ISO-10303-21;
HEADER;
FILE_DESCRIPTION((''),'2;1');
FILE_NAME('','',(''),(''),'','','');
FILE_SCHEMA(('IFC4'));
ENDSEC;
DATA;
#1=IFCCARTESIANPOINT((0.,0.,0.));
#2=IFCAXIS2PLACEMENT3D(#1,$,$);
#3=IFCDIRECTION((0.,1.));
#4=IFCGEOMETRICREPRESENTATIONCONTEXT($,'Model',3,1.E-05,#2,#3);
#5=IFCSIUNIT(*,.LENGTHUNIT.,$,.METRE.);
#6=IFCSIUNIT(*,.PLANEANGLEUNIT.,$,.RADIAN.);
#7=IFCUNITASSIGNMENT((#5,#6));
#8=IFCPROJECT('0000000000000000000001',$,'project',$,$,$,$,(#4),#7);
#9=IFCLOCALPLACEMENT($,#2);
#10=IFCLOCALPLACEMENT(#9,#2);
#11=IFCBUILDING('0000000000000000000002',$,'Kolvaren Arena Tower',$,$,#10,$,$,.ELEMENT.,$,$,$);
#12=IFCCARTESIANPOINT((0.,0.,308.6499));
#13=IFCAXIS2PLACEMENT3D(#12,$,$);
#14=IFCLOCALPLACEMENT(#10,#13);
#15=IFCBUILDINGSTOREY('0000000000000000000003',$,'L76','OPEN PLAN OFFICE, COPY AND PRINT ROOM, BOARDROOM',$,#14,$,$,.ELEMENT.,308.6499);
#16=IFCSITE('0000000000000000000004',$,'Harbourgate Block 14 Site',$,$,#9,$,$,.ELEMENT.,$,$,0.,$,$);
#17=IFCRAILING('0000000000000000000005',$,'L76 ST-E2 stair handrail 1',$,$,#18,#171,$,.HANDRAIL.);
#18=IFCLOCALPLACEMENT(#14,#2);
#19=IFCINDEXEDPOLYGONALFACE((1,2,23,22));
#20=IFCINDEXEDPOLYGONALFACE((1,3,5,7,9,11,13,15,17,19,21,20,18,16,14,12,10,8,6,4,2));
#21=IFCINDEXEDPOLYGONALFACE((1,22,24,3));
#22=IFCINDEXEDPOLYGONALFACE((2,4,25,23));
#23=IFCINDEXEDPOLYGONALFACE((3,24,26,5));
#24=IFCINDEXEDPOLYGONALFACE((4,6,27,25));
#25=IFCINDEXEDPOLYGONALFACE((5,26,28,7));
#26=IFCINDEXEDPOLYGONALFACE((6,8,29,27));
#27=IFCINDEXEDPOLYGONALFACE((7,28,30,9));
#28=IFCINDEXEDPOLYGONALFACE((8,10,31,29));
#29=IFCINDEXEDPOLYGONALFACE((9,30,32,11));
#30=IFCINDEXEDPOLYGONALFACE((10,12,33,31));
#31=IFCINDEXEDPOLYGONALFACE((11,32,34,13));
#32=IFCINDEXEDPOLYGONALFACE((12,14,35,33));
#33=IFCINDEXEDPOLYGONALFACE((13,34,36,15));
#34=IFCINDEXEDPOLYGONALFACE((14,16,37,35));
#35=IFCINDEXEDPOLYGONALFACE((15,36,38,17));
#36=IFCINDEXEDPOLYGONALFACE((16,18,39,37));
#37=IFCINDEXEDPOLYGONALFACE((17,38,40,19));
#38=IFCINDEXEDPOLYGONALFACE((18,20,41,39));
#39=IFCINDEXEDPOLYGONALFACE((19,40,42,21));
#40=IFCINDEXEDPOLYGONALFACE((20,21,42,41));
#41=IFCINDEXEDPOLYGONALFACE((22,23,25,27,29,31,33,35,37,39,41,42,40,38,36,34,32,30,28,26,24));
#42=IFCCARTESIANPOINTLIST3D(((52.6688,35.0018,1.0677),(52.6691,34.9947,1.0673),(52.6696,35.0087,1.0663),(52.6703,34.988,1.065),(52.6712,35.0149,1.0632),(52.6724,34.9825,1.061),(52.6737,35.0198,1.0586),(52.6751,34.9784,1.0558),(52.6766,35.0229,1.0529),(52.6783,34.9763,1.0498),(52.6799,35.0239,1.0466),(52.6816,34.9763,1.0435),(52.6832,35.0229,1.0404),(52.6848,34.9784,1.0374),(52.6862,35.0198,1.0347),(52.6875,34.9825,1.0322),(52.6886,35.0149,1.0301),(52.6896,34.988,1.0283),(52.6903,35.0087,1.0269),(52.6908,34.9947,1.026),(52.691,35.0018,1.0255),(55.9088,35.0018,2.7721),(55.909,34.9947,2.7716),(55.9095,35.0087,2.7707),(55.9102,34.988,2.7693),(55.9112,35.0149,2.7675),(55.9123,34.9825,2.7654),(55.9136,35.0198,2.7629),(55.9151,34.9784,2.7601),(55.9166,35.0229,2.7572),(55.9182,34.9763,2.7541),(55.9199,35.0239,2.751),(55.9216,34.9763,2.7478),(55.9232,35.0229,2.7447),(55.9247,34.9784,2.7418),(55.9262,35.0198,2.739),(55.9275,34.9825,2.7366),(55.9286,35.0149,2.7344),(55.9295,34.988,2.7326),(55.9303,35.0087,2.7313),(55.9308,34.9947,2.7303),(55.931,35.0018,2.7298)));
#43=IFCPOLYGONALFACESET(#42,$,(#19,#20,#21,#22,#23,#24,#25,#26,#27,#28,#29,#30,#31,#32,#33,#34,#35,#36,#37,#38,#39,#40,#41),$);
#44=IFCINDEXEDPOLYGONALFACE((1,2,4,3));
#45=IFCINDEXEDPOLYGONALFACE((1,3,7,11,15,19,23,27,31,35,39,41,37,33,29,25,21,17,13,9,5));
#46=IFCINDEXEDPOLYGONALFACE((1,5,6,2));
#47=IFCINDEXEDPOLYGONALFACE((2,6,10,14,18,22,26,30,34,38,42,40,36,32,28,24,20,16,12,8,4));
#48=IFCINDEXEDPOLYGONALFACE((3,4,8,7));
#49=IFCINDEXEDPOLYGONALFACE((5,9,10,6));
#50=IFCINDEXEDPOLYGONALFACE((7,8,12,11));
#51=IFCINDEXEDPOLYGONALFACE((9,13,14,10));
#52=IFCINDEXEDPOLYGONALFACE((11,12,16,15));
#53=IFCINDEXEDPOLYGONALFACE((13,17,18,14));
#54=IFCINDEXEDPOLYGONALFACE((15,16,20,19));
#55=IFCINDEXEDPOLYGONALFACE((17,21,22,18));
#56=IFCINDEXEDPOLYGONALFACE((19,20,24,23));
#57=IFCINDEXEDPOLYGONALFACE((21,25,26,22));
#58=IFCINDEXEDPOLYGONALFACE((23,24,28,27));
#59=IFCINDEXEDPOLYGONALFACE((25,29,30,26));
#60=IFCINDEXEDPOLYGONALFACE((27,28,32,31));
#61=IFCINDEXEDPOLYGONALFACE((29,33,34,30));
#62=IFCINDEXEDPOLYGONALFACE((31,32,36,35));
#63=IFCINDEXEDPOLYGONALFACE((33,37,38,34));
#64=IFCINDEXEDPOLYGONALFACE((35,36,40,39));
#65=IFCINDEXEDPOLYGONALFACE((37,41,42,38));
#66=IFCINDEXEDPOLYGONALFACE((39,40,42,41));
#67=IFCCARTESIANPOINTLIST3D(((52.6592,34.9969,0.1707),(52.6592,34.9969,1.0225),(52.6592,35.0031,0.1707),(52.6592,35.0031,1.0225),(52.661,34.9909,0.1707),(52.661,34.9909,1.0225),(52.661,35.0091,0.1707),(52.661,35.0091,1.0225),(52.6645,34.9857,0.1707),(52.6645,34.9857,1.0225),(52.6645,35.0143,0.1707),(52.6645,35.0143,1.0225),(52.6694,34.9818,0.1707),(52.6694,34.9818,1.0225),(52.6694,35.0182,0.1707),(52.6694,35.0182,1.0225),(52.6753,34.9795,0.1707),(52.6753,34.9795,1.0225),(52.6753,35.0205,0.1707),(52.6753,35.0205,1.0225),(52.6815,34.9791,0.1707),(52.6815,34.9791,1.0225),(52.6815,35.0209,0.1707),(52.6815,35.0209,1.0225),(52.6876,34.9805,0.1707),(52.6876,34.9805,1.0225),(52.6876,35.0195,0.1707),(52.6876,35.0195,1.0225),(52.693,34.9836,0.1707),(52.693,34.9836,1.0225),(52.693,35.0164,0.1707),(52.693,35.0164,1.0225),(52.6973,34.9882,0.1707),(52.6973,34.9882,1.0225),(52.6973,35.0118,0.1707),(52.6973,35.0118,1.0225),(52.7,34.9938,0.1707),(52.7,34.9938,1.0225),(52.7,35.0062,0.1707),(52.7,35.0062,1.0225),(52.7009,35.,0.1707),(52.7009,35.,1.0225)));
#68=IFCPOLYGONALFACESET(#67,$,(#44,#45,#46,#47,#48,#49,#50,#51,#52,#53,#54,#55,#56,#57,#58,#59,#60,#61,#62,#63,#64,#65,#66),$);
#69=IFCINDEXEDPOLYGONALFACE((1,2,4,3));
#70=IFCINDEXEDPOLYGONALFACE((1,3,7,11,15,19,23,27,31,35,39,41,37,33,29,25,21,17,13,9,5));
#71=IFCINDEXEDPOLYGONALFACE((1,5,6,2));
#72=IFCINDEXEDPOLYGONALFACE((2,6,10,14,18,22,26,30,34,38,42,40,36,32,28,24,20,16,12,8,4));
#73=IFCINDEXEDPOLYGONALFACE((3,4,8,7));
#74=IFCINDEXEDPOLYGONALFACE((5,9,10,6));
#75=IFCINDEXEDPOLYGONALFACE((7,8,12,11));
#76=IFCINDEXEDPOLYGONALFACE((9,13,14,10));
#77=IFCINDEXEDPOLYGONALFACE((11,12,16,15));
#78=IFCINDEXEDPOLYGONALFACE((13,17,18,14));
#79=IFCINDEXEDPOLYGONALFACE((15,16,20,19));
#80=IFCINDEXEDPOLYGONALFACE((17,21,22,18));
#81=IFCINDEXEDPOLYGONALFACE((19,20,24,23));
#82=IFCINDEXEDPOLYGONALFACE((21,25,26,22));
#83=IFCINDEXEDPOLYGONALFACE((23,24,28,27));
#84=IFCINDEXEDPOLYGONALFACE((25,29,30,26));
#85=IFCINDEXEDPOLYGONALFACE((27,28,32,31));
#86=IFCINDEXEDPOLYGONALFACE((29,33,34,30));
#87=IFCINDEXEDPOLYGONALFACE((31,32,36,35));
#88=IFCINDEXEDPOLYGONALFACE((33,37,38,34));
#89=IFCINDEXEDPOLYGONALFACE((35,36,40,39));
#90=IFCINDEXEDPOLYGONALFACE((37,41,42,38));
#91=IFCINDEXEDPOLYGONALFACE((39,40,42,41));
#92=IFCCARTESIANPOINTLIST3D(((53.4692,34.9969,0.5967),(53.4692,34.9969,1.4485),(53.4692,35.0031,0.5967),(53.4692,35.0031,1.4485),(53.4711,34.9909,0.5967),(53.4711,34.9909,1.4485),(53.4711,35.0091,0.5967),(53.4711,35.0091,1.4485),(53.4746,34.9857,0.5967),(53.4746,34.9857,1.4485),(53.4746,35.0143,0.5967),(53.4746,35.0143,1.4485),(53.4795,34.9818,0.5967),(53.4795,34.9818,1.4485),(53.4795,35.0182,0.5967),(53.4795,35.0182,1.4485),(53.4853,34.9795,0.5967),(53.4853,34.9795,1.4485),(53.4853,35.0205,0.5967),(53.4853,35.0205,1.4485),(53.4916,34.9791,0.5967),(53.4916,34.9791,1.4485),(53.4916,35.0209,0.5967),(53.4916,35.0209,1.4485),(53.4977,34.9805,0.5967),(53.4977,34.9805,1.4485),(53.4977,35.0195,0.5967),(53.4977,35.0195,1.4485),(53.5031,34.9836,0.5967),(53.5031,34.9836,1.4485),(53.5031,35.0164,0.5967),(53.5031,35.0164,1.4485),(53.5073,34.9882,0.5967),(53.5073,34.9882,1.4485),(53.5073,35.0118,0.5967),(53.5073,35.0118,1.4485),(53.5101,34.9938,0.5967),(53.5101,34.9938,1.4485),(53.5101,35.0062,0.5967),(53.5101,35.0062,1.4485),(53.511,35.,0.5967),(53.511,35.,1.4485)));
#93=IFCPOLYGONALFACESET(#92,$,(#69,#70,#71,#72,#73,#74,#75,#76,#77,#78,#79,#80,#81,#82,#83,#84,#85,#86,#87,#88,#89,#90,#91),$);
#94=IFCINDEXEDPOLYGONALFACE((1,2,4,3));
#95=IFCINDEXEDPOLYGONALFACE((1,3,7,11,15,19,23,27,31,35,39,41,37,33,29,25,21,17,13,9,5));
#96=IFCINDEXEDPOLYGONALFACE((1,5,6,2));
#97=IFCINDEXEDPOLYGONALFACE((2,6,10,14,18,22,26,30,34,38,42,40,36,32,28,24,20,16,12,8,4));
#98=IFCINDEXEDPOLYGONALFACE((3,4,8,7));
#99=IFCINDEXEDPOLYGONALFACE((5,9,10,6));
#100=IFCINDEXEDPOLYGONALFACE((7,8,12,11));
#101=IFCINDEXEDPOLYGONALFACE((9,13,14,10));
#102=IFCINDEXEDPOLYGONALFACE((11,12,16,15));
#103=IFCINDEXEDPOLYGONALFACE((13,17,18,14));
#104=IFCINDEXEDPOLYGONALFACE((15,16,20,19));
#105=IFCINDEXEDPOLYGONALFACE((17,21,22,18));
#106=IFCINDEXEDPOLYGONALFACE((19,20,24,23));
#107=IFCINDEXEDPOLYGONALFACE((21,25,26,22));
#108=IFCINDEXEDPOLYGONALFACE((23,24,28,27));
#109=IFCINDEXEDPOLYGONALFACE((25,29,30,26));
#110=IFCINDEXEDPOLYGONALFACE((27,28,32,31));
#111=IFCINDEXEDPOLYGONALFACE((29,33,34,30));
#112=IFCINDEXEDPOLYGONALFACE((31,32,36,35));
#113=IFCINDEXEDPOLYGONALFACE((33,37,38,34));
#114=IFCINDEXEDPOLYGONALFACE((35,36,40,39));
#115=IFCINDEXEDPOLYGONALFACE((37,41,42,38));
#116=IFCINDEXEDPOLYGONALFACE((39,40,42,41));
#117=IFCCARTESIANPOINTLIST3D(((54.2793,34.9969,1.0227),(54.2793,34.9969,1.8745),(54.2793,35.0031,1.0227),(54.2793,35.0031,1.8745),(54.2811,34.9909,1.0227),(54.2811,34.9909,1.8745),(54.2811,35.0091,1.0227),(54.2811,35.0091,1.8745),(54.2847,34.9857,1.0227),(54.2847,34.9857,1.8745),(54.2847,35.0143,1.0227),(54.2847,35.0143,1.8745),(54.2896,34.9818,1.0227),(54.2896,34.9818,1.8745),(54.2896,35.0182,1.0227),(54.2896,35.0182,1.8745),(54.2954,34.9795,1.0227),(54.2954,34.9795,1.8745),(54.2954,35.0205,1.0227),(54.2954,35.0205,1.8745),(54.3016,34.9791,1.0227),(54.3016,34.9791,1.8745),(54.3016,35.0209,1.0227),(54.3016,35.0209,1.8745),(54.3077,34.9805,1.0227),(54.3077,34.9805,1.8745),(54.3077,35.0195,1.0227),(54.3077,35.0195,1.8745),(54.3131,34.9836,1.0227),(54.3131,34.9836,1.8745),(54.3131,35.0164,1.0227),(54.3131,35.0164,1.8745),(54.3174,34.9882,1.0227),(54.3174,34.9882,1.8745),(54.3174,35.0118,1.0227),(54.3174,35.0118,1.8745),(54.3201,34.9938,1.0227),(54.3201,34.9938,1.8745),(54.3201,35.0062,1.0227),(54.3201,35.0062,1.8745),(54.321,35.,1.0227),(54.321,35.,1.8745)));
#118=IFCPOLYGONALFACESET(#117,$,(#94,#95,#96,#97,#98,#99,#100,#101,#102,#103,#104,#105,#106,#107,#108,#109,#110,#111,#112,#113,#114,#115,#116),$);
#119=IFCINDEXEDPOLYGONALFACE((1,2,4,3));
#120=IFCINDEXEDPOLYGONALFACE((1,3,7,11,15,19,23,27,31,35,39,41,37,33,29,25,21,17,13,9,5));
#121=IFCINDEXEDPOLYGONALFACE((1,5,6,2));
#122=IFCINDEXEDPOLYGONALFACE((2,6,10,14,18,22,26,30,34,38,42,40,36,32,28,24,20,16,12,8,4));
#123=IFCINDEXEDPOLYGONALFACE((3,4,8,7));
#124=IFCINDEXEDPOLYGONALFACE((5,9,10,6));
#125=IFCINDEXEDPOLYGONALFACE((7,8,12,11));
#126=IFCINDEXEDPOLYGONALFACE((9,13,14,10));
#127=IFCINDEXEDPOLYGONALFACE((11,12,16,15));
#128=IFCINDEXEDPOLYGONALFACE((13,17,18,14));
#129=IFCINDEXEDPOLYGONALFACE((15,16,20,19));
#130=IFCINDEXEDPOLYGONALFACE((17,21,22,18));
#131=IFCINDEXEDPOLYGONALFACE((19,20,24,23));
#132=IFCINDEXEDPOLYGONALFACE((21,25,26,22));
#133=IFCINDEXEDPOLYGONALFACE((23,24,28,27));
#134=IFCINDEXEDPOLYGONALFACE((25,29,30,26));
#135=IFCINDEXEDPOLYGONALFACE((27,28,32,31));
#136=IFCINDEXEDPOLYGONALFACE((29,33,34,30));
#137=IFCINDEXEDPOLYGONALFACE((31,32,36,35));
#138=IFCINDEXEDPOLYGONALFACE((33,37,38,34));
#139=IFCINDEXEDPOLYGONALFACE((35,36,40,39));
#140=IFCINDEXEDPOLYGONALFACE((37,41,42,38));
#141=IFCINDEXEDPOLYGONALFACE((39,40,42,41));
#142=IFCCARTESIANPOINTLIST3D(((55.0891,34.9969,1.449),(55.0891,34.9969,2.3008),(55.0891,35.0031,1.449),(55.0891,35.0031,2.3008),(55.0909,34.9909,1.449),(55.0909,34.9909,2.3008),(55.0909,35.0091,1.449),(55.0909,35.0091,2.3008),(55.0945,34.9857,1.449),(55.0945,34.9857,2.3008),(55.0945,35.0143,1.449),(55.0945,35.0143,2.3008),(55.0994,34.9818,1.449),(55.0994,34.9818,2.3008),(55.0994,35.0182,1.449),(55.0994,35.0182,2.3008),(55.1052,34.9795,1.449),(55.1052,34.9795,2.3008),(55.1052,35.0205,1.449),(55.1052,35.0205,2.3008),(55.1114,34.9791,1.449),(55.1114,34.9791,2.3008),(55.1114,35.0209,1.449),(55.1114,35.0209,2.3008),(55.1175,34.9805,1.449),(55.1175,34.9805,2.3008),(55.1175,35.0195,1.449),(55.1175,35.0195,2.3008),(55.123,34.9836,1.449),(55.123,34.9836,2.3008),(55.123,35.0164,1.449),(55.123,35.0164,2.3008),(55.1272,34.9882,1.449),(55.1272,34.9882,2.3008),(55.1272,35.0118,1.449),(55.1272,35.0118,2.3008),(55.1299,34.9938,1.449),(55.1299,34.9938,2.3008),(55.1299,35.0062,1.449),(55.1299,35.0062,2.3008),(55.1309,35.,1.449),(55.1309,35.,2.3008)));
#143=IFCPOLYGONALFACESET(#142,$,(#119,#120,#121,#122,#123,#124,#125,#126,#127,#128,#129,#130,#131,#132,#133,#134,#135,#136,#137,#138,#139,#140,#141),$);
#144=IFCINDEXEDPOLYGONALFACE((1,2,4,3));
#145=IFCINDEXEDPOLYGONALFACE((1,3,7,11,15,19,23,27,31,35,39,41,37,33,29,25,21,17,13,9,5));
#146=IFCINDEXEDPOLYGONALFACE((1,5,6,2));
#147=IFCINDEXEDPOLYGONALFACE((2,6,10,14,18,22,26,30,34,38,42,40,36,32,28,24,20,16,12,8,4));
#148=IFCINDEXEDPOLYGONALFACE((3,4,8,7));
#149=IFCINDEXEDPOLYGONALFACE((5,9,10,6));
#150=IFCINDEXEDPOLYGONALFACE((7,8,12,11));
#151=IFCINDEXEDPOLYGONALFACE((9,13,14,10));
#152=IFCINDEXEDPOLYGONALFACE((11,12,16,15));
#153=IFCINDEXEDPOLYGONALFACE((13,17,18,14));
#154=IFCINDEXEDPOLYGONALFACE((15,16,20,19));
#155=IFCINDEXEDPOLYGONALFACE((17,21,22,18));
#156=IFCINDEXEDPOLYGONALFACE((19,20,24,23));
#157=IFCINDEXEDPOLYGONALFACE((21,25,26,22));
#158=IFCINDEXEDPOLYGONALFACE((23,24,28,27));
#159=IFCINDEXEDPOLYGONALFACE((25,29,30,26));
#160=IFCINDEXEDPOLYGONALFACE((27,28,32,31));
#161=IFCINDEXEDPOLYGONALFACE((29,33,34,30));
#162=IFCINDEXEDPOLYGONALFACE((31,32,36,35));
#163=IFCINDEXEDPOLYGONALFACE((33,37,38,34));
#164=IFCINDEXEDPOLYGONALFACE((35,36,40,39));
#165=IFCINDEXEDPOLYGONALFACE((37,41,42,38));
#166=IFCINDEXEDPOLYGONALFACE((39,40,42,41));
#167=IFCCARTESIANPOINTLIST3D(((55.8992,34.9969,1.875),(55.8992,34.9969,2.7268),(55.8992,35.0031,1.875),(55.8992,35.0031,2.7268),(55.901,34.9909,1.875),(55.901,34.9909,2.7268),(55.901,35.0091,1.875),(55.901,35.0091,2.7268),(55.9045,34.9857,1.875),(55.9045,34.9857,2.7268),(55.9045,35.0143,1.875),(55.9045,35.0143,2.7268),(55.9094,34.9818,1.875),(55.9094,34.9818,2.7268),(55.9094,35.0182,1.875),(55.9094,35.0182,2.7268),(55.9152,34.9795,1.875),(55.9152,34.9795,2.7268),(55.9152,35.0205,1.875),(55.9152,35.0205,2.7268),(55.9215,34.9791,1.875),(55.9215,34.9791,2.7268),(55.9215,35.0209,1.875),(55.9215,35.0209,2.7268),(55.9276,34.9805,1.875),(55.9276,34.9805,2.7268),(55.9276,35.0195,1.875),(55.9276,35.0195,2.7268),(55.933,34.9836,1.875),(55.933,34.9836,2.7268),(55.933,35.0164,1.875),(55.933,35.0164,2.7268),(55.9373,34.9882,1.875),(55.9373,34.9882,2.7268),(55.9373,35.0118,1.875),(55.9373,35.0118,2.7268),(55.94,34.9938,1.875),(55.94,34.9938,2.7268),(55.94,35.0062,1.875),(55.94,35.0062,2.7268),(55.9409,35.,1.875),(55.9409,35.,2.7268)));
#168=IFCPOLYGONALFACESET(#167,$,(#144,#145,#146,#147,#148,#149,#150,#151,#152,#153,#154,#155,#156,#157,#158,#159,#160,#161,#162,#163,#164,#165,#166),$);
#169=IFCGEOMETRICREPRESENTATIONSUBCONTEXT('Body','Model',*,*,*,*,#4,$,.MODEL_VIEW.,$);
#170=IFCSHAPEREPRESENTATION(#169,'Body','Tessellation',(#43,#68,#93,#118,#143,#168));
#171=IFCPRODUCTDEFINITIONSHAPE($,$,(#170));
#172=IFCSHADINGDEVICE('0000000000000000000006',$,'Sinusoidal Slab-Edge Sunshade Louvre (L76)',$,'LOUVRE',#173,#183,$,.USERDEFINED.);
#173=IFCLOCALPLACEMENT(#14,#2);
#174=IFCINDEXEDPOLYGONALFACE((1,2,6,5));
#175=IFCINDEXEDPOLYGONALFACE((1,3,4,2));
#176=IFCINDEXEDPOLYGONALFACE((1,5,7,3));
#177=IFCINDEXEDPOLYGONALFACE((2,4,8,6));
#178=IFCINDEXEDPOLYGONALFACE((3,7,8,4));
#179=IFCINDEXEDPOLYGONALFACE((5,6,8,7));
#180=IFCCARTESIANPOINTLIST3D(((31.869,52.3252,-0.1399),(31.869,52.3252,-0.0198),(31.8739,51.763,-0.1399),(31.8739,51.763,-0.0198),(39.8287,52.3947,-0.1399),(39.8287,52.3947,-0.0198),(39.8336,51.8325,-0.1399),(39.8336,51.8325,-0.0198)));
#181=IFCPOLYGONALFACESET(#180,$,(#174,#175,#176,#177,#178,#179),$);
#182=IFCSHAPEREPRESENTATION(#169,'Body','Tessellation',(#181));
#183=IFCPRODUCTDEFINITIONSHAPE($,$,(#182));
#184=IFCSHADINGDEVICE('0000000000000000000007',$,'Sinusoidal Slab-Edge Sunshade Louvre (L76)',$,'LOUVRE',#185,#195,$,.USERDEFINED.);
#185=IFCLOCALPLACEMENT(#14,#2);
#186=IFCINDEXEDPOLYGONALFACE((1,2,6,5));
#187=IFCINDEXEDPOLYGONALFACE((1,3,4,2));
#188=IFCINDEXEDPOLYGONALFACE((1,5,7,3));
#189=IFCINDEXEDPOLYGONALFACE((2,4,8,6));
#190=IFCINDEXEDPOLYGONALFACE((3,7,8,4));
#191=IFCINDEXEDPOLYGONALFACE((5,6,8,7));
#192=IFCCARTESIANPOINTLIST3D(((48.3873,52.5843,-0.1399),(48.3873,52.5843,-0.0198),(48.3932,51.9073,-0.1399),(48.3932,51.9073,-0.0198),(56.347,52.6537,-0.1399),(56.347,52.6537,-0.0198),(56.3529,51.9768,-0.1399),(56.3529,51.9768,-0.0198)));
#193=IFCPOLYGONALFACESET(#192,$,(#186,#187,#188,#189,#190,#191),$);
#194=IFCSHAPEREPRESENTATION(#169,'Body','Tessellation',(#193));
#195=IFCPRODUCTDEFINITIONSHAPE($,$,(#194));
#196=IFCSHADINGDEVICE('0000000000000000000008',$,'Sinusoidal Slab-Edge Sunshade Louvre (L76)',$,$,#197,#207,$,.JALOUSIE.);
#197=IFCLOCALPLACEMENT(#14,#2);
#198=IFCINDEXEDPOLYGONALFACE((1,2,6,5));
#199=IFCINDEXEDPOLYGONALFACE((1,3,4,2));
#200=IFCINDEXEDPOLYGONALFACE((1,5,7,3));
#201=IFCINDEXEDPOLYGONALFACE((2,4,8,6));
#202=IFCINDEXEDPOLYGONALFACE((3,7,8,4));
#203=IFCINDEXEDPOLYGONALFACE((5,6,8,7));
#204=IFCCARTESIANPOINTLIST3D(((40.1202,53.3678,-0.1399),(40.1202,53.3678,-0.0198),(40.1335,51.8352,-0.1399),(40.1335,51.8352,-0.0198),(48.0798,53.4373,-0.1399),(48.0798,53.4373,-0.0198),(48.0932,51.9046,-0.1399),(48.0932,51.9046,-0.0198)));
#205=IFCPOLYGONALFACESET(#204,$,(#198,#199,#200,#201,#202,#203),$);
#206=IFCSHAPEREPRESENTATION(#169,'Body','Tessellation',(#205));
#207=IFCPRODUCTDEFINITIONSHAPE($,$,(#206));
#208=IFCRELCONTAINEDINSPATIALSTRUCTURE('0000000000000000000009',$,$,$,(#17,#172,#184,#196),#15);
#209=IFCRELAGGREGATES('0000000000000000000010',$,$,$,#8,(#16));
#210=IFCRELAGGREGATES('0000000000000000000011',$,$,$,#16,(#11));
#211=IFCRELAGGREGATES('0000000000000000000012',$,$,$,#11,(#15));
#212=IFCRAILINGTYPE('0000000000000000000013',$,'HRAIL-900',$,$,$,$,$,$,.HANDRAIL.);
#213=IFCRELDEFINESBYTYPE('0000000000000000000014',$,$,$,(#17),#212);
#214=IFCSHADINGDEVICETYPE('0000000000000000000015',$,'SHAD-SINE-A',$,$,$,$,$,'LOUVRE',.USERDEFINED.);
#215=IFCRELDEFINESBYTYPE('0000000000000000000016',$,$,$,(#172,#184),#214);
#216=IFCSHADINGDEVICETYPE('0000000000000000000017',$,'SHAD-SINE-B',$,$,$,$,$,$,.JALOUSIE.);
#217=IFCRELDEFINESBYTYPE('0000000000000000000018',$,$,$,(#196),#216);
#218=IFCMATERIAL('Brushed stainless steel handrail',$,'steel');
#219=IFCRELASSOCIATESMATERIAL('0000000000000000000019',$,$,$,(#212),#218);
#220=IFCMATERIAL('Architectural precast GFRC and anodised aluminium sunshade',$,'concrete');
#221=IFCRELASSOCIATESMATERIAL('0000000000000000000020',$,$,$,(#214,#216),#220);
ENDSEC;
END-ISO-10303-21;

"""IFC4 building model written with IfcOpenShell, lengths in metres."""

from ifc_helpers import new_model, si_unit, direction, frame, origin, origin_2d, place, context, subcontext, project, spatial, rectangle, circle, extrude, material, type_object, element, save


model = new_model("IFC4")

# Units and contexts
model_context = context("Model", 3, precision=1e-05, world=origin(), true_north=direction((0.0, 1.0)))
body_context = subcontext(model_context, "Body", "Model", "MODEL_VIEW")
ifc_project = project(units=[si_unit("LENGTHUNIT", "METRE"), si_unit("PLANEANGLEUNIT", "RADIAN")], contexts=[model_context])

# Site, building, storey
site_placement = place(None, origin())
site = spatial("IfcSite", under=ifc_project, at=site_placement, Name="Harbourgate Block 14 Site", CompositionType="ELEMENT", RefElevation=0.0)
building_placement = place(site_placement, origin())
building = spatial("IfcBuilding", under=site, at=building_placement, Name="Kolvaren Arena Tower", CompositionType="ELEMENT")
storey_placement = place(building_placement, frame((0.0, 0.0, 308.6499)))
storey = spatial("IfcBuildingStorey", under=building, at=storey_placement, Name="L76", Description="OPEN PLAN OFFICE, COPY AND PRINT ROOM, BOARDROOM", CompositionType="ELEMENT", Elevation=308.6499)

# Railing
ifc_material_1 = material(Name="Brushed stainless steel handrail", Category="steel")
railing_type_1 = type_object("IfcRailingType", Name="HRAIL-900", PredefinedType="HANDRAIL", material=ifc_material_1)
railing_1_placement = place(storey_placement, frame((52.6799, 35.0, 0.1707)))
element("IfcRailing", 1, at=railing_1_placement, inside=storey, type_object=railing_type_1, Name="L76 ST-E2 stair handrail 1", PredefinedType="HANDRAIL", context=body_context, shape_type="SweptSolid", body=[
    extrude(circle(Radius=0.0239, at=origin_2d()), frame((0.0, 0.0, 0.876), z_axis=(0.885021, 0.0, 0.465551), x_axis=(0.0, 1.0, 0.0)), (0.0, 0.0, 1.0), 3.6609),
    extrude(circle(Radius=0.021, at=origin_2d()), origin(), (0.0, 0.0, 1.0), 0.8518),
    extrude(circle(Radius=0.021, at=origin_2d()), frame((0.8101, 0.0, 0.426)), (0.0, 0.0, 1.0), 0.8518),
    extrude(circle(Radius=0.021, at=origin_2d()), frame((1.6201, 0.0, 0.8521)), (0.0, 0.0, 1.0), 0.8518),
    extrude(circle(Radius=0.021, at=origin_2d()), frame((2.4299, 0.0, 1.2783)), (0.0, 0.0, 1.0), 0.8518),
    extrude(circle(Radius=0.021, at=origin_2d()), frame((3.24, 0.0, 1.7043)), (0.0, 0.0, 1.0), 0.8518),
])

# Shading devices
ifc_material_2 = material(Name="Architectural precast GFRC and anodised aluminium sunshade", Category="concrete")
shading_device_type_1 = type_object("IfcShadingDeviceType", Name="SHAD-SINE-A", ElementType="LOUVRE", PredefinedType="USERDEFINED", material=ifc_material_2)
shading_device_1_placement = place(storey_placement, frame((35.8513, 52.0789, -0.1399), z_axis=(0.0, 0.0, 1.0), x_axis=(0.999962, 0.008727, 0.0)))
element("IfcShadingDevice", 2, at=shading_device_1_placement, inside=storey, type_object=shading_device_type_1, Name="Sinusoidal Slab-Edge Sunshade Louvre (L76)", ObjectType="LOUVRE", PredefinedType="USERDEFINED", context=body_context, shape_type="SweptSolid", body=[
    extrude(rectangle(XDim=7.96, YDim=0.5623, at=origin_2d()), origin(), (0.0, 0.0, 1.0), 0.1201),
])
shading_device_2_placement = place(storey_placement, frame((52.3701, 52.2805, -0.1399), z_axis=(0.0, 0.0, 1.0), x_axis=(0.999962, 0.008727, 0.0)))
element("IfcShadingDevice", 3, at=shading_device_2_placement, inside=storey, type_object=shading_device_type_1, Name="Sinusoidal Slab-Edge Sunshade Louvre (L76)", ObjectType="LOUVRE", PredefinedType="USERDEFINED", context=body_context, shape_type="SweptSolid", body=[
    extrude(rectangle(XDim=7.96, YDim=0.677, at=origin_2d()), origin(), (0.0, 0.0, 1.0), 0.1201),
])
shading_device_type_2 = type_object("IfcShadingDeviceType", Name="SHAD-SINE-B", PredefinedType="JALOUSIE", material=ifc_material_2)
shading_device_3_placement = place(storey_placement, frame((44.1067, 52.6362, -0.1399), z_axis=(0.0, 0.0, 1.0), x_axis=(0.999962, 0.008727, 0.0)))
element("IfcShadingDevice", 4, at=shading_device_3_placement, inside=storey, type_object=shading_device_type_2, Name="Sinusoidal Slab-Edge Sunshade Louvre (L76)", PredefinedType="JALOUSIE", context=body_context, shape_type="SweptSolid", body=[
    extrude(rectangle(XDim=7.96, YDim=1.5327, at=origin_2d()), origin(), (0.0, 0.0, 1.0), 0.1201),
])

save(model, "model.ifc")
